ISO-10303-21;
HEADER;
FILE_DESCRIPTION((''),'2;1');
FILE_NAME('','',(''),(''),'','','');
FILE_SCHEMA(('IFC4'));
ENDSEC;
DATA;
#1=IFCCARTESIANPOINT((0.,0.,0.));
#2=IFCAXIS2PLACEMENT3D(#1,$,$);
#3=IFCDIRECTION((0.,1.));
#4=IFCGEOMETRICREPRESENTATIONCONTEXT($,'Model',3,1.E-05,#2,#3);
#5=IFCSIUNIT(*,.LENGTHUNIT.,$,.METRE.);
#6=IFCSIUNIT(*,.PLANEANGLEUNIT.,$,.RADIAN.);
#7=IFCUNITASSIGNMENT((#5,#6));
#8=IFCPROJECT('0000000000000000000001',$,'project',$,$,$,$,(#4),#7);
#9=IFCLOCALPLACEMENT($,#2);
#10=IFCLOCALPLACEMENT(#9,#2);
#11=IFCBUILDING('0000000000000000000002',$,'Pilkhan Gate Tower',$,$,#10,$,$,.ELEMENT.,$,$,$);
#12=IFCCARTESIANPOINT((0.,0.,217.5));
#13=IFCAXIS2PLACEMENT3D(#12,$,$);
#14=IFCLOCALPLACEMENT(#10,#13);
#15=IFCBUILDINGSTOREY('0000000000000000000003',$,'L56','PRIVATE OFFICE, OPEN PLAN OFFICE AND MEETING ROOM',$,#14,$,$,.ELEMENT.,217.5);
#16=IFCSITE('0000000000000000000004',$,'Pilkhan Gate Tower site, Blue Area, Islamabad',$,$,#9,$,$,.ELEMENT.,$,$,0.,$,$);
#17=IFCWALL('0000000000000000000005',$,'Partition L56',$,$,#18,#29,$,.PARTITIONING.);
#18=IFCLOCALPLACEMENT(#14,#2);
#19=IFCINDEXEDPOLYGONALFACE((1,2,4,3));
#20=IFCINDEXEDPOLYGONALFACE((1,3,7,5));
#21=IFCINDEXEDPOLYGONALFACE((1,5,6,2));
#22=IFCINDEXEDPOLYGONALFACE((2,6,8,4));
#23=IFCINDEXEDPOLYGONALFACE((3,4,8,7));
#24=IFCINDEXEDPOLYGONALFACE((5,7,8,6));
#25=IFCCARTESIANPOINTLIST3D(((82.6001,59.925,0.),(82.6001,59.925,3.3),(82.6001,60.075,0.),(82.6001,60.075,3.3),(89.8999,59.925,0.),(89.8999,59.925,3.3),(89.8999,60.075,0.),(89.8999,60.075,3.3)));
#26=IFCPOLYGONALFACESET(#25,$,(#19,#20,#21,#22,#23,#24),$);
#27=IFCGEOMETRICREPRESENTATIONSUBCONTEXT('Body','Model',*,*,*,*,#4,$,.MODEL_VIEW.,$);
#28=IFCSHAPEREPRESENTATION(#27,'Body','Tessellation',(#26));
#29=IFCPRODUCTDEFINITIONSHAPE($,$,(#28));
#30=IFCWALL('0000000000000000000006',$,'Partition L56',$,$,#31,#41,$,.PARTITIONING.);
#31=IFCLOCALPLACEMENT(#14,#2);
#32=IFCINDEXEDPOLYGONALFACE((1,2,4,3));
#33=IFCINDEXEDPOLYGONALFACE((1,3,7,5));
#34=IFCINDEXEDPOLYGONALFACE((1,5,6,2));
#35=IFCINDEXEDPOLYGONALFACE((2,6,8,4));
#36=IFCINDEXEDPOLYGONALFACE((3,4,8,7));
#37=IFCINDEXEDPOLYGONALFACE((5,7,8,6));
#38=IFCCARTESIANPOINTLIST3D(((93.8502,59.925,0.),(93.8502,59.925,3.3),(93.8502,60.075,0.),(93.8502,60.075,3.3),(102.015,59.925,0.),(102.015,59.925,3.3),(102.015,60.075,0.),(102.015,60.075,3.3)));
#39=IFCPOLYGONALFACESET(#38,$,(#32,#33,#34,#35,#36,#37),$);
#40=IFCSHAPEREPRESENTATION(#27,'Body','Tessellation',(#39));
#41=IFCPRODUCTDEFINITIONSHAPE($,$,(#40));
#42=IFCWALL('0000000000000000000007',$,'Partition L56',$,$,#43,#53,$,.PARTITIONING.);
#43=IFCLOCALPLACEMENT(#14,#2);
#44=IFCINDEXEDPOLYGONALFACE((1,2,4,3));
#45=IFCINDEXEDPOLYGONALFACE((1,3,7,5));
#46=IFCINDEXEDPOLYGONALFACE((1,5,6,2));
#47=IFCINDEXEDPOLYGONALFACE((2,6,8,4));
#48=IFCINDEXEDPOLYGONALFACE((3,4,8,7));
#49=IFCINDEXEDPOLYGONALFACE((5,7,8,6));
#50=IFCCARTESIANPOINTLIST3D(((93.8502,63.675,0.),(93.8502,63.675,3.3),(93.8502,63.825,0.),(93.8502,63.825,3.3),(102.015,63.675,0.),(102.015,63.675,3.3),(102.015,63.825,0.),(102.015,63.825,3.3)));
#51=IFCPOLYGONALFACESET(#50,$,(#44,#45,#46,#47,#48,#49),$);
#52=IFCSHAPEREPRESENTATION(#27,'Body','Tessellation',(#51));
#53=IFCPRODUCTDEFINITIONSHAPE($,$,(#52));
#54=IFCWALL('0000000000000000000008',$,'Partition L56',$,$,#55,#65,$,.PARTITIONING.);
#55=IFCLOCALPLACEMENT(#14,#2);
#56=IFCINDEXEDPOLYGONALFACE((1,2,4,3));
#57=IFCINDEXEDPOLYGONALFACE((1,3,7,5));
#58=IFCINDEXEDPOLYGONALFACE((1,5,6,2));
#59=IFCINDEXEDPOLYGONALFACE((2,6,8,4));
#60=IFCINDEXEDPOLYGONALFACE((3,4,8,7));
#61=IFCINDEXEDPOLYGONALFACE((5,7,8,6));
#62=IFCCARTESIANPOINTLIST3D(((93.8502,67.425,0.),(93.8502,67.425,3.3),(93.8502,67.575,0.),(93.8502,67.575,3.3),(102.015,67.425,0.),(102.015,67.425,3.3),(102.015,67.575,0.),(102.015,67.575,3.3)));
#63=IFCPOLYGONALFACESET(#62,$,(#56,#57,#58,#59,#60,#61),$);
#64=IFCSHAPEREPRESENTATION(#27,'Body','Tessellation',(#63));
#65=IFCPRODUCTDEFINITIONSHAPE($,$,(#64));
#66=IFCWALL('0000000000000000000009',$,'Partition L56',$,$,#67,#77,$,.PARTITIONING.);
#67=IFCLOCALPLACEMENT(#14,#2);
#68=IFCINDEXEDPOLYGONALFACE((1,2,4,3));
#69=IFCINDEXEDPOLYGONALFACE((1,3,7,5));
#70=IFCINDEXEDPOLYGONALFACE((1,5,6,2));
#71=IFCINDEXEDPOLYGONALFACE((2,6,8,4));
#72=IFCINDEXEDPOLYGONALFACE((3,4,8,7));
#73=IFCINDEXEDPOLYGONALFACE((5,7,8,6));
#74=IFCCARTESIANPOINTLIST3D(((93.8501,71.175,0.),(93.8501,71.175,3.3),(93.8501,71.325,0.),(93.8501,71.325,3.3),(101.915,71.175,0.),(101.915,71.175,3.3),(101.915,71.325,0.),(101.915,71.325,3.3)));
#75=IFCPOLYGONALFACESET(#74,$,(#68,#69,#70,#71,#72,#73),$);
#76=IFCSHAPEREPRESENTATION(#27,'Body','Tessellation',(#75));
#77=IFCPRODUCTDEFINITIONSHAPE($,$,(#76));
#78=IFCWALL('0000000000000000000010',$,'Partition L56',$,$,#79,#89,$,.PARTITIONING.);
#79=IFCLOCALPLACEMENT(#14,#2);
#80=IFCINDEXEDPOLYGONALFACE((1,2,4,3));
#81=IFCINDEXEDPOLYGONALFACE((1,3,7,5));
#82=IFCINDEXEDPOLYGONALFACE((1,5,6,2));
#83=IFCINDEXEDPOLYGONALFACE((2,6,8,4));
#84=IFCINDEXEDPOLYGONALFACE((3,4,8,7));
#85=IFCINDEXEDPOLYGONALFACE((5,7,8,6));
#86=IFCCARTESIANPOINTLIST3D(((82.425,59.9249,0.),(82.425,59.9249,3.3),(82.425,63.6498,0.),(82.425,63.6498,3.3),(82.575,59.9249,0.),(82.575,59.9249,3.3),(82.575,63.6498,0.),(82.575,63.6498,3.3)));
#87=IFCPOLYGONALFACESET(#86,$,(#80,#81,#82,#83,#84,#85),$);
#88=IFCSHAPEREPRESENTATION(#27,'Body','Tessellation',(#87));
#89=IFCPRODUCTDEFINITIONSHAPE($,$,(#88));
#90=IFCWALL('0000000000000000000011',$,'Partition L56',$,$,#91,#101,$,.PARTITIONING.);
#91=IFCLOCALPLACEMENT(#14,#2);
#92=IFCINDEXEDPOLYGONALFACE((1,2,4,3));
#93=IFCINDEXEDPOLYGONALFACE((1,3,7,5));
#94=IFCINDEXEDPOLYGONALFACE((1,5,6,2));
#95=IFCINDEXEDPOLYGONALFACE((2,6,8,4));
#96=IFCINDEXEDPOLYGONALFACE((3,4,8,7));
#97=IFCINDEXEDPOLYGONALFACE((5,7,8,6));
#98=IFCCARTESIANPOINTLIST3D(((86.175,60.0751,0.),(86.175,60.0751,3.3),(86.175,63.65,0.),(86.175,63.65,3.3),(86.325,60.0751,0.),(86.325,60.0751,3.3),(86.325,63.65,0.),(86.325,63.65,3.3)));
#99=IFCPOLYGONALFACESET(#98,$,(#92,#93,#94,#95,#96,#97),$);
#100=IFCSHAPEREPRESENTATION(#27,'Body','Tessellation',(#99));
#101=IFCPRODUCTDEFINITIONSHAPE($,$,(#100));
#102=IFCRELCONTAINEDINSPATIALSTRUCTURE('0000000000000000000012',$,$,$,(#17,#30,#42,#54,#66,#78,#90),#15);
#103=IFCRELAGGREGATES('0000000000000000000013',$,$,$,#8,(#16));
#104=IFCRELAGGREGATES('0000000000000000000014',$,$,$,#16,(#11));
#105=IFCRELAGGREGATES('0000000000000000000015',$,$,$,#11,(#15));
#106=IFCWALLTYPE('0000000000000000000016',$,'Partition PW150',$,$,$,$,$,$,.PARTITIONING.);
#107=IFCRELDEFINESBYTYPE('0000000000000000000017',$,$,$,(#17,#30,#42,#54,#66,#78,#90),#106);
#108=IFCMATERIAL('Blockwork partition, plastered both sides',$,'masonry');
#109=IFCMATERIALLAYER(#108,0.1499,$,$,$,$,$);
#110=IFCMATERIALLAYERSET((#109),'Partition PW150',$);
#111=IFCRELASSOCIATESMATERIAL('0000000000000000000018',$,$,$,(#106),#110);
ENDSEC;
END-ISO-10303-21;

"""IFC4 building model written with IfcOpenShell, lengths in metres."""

from ifc_helpers import new_model, si_unit, direction, frame, frame_2d, origin, place, context, subcontext, project, spatial, rectangle, extrude, material, layer, layer_set, type_object, element, save


model = new_model("IFC4")

# Units and contexts
model_context = context("Model", 3, precision=1e-05, world=origin(), true_north=direction((0.0, 1.0)))
body_context = subcontext(model_context, "Body", "Model", "MODEL_VIEW")
ifc_project = project(units=[si_unit("LENGTHUNIT", "METRE"), si_unit("PLANEANGLEUNIT", "RADIAN")], contexts=[model_context])

# Site, building, storey
site_placement = place(None, origin())
site = spatial("IfcSite", under=ifc_project, at=site_placement, Name="Pilkhan Gate Tower site, Blue Area, Islamabad", CompositionType="ELEMENT", RefElevation=0.0)
building_placement = place(site_placement, origin())
building = spatial("IfcBuilding", under=site, at=building_placement, Name="Pilkhan Gate Tower", CompositionType="ELEMENT")
storey_placement = place(building_placement, frame((0.0, 0.0, 217.5)))
storey = spatial("IfcBuildingStorey", under=building, at=storey_placement, Name="L56", Description="PRIVATE OFFICE, OPEN PLAN OFFICE AND MEETING ROOM", CompositionType="ELEMENT", Elevation=217.5)

# Walls
ifc_material_1 = material(Name="Blockwork partition, plastered both sides", Category="masonry")
ifc_layer_1 = layer(ifc_material_1, 0.1499)
ifc_layer_set_1 = layer_set([ifc_layer_1], Name="Partition PW150")
wall_type_1 = type_object("IfcWallType", Name="Partition PW150", PredefinedType="PARTITIONING", material=ifc_layer_set_1)
wall_1_placement = place(storey_placement, frame((82.6001, 60.0, 0.0), z_axis=(0.0, 0.0, 1.0), x_axis=(1.0, 0.0, 0.0)))
element("IfcWall", 1, at=wall_1_placement, inside=storey, type_object=wall_type_1, Name="Partition L56", PredefinedType="PARTITIONING", context=body_context, shape_type="SweptSolid", body=[
    extrude(rectangle(XDim=7.2998, YDim=0.1499, at=frame_2d((3.6499, 0.0))), origin(), (0.0, 0.0, 1.0), 3.3),
])
for number, where, z_axis, x_axis, name in (
    (2, (93.8501, 60.0, 0.0), (0.0, 0.0, 1.0), (1.0, 0.0, 0.0), "Partition L56"),
    (3, (93.8501, 63.75, 0.0), (0.0, 0.0, 1.0), (1.0, 0.0, 0.0), "Partition L56"),
    (4, (93.8501, 67.5, 0.0), (0.0, 0.0, 1.0), (1.0, 0.0, 0.0), "Partition L56"),
):
    element("IfcWall", number, at=place(storey_placement, frame(where, z_axis=z_axis, x_axis=x_axis)), inside=storey, type_object=wall_type_1, Name=name, PredefinedType="PARTITIONING", context=body_context, shape_type="SweptSolid", body=[
        extrude(rectangle(XDim=8.1648, YDim=0.1499, at=frame_2d((4.0825, 0.0))), origin(), (0.0, 0.0, 1.0), 3.3),
    ])
wall_2_placement = place(storey_placement, frame((93.8501, 71.25, 0.0), z_axis=(0.0, 0.0, 1.0), x_axis=(1.0, 0.0, 0.0)))
element("IfcWall", 5, at=wall_2_placement, inside=storey, type_object=wall_type_1, Name="Partition L56", PredefinedType="PARTITIONING", context=body_context, shape_type="SweptSolid", body=[
    extrude(rectangle(XDim=8.0649, YDim=0.1499, at=frame_2d((4.0325, 0.0))), origin(), (0.0, 0.0, 1.0), 3.3),
])
wall_3_placement = place(storey_placement, frame((82.5, 59.925, 0.0), z_axis=(0.0, 0.0, 1.0), x_axis=(0.0, 1.0, 0.0)))
element("IfcWall", 6, at=wall_3_placement, inside=storey, type_object=wall_type_1, Name="Partition L56", PredefinedType="PARTITIONING", context=body_context, shape_type="SweptSolid", body=[
    extrude(rectangle(XDim=3.7249, YDim=0.1499, at=frame_2d((1.8623, 0.0))), origin(), (0.0, 0.0, 1.0), 3.3),
])
wall_4_placement = place(storey_placement, frame((86.25, 60.075, 0.0), z_axis=(0.0, 0.0, 1.0), x_axis=(0.0, 1.0, 0.0)))
element("IfcWall", 7, at=wall_4_placement, inside=storey, type_object=wall_type_1, Name="Partition L56", PredefinedType="PARTITIONING", context=body_context, shape_type="SweptSolid", body=[
    extrude(rectangle(XDim=3.575, YDim=0.1499, at=frame_2d((1.7876, 0.0))), origin(), (0.0, 0.0, 1.0), 3.3),
])

save(model, "model.ifc")
